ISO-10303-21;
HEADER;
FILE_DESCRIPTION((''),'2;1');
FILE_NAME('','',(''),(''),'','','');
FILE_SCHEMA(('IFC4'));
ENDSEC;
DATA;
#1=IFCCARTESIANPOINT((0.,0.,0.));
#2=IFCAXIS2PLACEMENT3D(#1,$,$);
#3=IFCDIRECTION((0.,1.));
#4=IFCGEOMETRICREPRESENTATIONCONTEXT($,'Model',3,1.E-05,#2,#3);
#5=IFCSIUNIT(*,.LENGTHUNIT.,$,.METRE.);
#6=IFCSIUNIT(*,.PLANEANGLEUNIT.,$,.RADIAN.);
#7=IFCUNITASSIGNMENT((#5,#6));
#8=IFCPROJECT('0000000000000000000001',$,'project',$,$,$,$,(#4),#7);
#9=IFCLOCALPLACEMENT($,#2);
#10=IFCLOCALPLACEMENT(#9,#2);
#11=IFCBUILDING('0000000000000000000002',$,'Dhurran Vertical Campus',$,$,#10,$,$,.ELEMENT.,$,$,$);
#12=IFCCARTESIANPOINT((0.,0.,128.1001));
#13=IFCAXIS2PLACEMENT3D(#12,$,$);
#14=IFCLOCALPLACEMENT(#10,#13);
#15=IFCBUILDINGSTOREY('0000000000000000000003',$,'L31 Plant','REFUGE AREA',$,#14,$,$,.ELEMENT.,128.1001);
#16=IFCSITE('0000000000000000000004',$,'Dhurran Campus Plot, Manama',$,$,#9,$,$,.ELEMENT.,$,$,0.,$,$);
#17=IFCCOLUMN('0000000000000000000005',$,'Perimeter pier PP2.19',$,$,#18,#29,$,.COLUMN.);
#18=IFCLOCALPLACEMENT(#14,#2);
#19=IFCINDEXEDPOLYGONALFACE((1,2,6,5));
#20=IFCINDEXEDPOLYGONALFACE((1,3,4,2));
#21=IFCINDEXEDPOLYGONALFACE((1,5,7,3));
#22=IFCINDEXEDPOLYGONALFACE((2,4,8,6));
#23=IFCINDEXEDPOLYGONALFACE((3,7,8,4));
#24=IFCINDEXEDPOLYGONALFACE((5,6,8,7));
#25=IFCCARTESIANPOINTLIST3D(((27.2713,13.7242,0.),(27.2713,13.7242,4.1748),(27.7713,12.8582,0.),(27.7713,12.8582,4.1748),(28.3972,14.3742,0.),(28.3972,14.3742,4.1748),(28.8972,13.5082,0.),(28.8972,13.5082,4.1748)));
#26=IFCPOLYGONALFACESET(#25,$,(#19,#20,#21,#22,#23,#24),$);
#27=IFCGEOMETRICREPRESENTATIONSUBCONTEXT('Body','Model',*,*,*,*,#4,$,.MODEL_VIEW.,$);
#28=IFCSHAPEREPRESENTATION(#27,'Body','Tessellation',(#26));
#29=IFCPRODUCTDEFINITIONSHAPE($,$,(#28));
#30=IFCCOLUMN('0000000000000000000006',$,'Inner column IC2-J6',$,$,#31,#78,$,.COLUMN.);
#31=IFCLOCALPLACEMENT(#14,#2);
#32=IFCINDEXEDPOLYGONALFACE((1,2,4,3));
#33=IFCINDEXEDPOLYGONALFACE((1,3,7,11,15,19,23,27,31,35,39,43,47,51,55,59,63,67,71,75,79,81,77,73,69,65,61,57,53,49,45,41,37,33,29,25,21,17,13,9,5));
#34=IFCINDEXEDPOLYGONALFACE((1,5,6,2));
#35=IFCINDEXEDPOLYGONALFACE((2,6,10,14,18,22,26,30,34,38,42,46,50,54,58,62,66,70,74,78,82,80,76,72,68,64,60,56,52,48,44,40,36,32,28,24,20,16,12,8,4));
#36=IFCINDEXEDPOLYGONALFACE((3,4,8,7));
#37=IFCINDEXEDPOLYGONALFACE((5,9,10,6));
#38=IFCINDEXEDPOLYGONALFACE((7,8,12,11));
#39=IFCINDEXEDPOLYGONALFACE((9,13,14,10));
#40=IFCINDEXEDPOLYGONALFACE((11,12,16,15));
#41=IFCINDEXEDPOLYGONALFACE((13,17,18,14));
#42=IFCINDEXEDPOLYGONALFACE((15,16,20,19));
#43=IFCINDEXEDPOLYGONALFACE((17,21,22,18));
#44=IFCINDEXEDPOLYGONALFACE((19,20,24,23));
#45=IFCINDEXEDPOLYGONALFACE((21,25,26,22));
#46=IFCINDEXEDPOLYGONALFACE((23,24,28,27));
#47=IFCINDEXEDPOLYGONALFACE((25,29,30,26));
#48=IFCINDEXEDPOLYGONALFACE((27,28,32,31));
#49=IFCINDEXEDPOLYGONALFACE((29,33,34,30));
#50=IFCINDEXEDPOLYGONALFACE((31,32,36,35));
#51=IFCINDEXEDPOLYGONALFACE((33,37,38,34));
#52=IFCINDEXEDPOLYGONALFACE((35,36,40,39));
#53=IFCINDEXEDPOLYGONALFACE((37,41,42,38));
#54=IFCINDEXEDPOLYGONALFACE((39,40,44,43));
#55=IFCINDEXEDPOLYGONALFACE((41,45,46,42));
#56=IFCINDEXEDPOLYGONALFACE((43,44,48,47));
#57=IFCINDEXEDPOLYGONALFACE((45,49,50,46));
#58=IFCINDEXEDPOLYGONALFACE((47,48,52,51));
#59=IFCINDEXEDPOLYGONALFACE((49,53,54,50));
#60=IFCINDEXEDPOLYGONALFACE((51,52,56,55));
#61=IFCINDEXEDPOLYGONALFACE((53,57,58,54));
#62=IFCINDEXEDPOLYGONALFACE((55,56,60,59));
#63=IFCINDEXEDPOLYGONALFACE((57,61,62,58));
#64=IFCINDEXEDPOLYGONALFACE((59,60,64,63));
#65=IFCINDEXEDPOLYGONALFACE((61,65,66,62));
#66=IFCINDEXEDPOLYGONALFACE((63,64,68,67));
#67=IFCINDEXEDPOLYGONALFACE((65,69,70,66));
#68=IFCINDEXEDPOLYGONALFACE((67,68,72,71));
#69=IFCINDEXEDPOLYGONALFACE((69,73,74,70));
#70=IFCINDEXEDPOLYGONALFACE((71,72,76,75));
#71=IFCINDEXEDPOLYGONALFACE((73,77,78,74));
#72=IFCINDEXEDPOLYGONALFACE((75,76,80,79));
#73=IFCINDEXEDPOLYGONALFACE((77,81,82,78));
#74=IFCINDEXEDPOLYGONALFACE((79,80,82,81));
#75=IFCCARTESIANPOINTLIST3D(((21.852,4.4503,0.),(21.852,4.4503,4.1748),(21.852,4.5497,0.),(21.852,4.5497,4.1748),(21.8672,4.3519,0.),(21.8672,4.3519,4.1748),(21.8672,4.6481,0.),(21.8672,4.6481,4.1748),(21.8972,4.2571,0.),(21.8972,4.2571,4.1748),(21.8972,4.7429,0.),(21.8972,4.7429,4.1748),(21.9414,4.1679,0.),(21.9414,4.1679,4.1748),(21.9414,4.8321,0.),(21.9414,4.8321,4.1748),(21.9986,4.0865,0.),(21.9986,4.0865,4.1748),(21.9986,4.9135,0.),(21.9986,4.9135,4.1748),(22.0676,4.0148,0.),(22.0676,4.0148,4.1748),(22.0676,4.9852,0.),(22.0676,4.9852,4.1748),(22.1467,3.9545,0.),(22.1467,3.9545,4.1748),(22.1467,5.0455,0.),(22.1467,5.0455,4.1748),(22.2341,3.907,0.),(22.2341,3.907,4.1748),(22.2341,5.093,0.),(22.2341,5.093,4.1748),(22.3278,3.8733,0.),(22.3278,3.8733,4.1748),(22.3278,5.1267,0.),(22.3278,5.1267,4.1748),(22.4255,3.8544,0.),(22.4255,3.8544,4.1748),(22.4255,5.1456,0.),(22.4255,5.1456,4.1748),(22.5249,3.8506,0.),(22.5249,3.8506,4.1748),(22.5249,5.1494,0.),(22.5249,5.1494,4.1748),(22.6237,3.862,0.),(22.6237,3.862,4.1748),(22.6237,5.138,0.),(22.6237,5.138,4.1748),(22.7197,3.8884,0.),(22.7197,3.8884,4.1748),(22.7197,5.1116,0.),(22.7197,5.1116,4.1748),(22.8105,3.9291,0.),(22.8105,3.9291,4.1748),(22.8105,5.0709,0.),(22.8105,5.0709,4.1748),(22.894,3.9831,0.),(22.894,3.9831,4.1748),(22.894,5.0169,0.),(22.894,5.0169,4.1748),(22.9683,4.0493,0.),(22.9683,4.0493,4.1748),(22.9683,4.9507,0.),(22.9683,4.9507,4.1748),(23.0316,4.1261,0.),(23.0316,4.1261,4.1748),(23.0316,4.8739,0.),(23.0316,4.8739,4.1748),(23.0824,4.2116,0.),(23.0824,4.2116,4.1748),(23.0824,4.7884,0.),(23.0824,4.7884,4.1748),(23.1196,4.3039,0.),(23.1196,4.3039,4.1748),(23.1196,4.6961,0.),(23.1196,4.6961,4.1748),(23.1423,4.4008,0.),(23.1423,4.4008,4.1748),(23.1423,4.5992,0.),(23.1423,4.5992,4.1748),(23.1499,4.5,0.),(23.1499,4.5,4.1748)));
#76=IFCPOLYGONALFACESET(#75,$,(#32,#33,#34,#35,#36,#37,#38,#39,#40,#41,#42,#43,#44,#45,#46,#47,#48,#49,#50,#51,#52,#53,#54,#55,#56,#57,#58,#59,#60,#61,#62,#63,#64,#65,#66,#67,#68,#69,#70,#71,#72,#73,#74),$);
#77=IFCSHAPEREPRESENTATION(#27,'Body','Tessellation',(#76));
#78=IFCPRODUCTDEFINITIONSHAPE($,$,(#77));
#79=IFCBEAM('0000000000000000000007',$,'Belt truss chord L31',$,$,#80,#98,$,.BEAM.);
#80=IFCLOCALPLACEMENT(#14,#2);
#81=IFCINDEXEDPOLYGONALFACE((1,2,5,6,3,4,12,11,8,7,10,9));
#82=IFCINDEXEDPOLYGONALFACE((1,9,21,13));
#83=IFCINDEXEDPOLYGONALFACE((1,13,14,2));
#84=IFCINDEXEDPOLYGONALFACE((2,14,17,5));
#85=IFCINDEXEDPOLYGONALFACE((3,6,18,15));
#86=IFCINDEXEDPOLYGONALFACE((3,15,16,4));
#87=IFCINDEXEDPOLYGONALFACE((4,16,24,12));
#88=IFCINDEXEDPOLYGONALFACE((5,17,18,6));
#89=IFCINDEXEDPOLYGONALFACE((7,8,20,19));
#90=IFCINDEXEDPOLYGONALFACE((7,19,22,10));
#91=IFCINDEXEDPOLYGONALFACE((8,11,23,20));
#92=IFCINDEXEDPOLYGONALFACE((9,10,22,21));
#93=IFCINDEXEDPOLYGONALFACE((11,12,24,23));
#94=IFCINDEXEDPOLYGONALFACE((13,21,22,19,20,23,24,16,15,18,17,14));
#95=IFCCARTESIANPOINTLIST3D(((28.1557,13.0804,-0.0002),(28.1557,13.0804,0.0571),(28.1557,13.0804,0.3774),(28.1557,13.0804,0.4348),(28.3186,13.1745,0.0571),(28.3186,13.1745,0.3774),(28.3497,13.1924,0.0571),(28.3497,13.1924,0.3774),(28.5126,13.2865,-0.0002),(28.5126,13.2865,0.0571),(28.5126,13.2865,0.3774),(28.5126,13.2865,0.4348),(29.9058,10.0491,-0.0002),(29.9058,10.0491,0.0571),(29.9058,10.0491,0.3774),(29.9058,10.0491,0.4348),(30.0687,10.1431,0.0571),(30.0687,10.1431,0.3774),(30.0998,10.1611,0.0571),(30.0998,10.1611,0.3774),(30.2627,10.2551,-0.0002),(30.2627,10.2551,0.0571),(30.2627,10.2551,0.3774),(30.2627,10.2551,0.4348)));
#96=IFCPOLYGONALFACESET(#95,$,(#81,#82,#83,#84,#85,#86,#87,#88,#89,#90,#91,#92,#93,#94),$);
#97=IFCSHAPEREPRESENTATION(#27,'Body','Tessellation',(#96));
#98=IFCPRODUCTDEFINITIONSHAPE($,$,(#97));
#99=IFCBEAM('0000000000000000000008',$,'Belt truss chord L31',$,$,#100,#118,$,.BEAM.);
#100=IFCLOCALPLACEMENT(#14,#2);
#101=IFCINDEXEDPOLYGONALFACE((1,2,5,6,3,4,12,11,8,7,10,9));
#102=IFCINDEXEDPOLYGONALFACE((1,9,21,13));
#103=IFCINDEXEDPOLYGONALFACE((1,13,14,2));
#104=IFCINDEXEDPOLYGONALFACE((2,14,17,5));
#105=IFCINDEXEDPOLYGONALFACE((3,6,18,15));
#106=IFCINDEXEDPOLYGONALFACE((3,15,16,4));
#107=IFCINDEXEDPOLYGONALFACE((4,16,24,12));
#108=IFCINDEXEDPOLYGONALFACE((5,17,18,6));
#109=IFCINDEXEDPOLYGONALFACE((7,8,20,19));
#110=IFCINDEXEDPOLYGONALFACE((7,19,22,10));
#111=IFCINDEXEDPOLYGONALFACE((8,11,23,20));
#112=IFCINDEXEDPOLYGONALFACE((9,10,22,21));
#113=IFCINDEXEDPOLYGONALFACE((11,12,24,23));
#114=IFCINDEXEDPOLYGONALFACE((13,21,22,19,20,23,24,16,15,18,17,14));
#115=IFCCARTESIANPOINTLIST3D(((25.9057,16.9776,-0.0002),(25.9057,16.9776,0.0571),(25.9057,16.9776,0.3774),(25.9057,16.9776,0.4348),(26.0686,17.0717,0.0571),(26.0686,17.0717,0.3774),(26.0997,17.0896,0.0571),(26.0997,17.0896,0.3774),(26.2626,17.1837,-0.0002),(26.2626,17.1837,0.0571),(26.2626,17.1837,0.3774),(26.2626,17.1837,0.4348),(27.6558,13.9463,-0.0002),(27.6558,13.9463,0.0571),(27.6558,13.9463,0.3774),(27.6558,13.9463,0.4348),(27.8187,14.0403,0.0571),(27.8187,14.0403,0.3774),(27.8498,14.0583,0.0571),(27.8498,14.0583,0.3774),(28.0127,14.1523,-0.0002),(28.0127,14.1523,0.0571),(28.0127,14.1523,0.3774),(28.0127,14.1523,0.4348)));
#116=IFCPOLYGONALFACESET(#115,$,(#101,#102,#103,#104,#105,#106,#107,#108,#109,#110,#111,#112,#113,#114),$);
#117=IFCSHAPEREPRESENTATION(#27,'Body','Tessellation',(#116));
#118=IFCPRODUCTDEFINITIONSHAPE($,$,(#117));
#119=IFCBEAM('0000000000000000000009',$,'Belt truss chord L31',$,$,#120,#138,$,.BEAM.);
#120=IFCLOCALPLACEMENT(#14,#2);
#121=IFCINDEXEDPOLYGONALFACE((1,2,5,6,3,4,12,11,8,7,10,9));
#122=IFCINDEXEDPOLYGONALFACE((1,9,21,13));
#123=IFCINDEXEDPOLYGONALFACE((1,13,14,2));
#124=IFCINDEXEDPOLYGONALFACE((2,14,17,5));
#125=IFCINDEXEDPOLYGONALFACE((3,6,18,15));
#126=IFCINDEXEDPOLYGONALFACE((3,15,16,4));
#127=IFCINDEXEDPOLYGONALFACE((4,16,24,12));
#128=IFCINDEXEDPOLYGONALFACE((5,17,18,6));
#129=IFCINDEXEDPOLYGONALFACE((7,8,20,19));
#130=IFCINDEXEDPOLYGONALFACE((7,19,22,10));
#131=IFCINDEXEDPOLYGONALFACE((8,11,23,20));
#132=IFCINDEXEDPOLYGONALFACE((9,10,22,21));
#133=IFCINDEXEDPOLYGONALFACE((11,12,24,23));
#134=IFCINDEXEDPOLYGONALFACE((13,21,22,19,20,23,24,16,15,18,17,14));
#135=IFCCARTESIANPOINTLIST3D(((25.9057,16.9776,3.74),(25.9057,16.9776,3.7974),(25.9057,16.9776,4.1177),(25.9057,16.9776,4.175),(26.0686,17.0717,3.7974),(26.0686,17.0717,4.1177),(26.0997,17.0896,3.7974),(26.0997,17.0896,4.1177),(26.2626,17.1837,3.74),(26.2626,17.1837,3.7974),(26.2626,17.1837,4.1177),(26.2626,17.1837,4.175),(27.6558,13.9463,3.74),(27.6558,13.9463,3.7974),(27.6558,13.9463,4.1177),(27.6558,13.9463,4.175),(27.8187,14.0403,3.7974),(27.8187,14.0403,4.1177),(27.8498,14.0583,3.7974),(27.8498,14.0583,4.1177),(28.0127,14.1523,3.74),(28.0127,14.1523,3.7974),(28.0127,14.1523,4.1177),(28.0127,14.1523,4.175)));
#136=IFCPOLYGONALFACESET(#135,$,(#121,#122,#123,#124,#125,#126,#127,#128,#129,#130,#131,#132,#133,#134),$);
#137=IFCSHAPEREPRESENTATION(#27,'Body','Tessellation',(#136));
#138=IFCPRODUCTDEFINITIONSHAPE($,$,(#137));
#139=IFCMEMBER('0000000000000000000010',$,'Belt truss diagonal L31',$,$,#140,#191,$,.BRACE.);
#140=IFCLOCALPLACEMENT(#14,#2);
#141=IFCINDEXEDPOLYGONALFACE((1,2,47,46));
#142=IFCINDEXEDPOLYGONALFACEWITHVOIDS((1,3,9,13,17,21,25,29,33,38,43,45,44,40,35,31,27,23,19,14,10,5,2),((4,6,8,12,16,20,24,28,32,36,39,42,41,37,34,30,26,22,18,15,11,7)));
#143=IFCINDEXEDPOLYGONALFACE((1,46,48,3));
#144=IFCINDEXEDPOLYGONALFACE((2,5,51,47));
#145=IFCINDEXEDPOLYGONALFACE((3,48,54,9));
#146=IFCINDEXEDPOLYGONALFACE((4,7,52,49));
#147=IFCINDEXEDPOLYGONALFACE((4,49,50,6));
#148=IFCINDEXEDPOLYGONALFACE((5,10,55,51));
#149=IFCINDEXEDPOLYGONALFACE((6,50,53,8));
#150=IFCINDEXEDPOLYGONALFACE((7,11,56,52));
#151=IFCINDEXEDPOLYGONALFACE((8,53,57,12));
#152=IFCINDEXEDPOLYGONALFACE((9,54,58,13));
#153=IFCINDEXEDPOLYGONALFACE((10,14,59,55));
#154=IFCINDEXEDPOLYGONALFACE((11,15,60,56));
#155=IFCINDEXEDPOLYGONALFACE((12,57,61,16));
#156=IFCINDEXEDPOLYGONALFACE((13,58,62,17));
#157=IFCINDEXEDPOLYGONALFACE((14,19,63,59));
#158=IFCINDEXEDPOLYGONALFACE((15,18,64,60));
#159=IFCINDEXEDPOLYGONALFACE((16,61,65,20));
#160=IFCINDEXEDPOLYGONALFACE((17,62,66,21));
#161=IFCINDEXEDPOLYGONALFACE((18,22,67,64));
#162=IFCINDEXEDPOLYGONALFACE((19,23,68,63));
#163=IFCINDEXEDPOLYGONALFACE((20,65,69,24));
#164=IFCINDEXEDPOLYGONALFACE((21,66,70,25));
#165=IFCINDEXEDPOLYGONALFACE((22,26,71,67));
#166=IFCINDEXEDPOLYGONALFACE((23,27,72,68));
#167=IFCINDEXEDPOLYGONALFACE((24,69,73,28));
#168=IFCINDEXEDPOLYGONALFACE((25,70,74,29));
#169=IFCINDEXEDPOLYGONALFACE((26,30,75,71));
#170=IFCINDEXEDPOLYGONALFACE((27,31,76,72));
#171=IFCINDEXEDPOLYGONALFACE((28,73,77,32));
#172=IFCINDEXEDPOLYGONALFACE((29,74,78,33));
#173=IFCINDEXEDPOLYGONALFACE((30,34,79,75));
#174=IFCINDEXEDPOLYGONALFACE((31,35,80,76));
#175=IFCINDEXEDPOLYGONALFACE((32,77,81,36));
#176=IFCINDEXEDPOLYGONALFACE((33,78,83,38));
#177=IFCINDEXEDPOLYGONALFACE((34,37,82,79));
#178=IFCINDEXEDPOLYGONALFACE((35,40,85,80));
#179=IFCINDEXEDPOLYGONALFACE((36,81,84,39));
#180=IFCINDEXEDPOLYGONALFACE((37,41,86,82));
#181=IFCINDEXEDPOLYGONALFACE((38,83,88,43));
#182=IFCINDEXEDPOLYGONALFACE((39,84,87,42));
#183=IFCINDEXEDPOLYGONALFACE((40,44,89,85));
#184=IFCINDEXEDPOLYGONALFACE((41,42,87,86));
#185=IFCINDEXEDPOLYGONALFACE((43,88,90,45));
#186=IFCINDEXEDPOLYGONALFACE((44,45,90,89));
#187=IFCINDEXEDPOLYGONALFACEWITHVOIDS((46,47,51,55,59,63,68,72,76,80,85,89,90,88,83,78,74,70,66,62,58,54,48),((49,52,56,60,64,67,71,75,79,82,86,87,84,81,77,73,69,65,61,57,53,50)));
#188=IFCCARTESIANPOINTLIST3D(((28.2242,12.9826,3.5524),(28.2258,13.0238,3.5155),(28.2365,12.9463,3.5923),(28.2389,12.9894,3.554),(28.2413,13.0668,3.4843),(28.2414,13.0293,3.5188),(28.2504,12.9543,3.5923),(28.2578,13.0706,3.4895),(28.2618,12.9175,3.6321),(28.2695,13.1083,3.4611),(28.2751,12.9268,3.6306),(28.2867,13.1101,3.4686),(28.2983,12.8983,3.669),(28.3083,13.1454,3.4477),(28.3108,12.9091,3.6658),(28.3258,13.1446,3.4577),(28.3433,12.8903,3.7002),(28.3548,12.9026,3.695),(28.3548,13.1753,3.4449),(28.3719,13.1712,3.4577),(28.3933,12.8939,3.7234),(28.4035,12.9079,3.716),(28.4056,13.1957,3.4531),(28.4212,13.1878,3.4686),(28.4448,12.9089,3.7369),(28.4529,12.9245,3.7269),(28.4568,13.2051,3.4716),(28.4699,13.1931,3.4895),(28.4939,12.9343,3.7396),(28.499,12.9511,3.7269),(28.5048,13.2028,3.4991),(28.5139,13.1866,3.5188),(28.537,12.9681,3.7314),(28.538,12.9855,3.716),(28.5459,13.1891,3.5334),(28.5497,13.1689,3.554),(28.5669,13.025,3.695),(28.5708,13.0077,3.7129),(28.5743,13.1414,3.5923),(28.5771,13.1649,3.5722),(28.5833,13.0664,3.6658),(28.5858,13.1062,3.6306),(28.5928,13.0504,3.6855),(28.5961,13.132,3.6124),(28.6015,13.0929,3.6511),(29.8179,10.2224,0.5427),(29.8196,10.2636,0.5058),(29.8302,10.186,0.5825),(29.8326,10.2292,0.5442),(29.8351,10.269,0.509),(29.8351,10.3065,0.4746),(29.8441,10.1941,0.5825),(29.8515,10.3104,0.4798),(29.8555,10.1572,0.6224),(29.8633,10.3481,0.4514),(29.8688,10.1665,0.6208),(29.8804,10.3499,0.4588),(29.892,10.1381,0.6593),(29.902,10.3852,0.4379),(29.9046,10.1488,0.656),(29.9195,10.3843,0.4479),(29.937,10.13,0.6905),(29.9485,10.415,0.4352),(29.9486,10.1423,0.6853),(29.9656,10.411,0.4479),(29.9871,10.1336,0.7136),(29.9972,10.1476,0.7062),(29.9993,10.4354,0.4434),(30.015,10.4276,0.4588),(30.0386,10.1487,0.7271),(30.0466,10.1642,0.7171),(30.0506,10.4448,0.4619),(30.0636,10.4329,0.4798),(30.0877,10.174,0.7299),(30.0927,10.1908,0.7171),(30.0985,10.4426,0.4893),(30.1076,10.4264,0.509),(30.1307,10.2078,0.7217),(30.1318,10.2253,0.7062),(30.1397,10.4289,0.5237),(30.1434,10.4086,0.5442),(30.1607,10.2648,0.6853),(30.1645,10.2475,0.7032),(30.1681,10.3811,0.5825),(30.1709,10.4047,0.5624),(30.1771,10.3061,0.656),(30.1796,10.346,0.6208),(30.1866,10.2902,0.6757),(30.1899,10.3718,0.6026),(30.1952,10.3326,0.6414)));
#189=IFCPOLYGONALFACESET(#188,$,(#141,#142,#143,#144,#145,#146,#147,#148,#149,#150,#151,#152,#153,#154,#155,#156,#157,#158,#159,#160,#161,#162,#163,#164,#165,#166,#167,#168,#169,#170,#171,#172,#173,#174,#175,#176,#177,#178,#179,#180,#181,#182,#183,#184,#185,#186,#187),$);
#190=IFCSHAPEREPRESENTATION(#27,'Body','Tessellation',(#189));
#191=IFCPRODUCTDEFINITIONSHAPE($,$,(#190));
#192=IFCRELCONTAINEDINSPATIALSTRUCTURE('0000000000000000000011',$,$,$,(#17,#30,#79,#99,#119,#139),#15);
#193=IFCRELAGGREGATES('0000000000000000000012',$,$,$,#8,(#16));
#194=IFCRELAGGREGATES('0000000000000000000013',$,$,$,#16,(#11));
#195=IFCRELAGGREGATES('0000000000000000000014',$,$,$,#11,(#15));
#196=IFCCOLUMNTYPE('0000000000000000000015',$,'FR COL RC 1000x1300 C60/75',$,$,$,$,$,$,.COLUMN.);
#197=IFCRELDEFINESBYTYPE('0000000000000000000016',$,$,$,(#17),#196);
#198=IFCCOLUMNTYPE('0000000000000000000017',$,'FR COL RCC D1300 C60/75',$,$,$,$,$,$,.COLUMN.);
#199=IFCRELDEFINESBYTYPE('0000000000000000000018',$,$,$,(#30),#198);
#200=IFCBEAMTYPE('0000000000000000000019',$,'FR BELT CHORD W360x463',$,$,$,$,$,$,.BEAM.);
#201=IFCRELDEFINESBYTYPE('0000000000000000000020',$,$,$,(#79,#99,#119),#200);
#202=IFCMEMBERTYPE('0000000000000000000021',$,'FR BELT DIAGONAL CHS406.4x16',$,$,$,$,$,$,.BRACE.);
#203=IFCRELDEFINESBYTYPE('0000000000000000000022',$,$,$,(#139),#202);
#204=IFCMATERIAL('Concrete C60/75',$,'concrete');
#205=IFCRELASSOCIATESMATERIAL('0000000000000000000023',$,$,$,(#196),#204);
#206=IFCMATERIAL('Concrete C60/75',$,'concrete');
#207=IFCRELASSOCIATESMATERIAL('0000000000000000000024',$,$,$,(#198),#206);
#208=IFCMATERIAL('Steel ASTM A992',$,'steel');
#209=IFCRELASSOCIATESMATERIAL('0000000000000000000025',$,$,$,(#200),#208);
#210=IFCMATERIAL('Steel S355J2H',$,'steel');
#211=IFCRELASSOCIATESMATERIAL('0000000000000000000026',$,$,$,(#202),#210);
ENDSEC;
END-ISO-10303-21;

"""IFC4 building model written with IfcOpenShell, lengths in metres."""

from ifc_helpers import new_model, si_unit, direction, frame, origin, origin_2d, place, context, subcontext, project, spatial, rectangle, circle, hollow_circle, i_section, extrude, material, material_profile, profile_set, type_object, element, save


model = new_model("IFC4")

# Units and contexts
model_context = context("Model", 3, precision=1e-05, world=origin(), true_north=direction((0.0, 1.0)))
body_context = subcontext(model_context, "Body", "Model", "MODEL_VIEW")
ifc_project = project(units=[si_unit("LENGTHUNIT", "METRE"), si_unit("PLANEANGLEUNIT", "RADIAN")], contexts=[model_context])

# Site, building, storey
site_placement = place(None, origin())
site = spatial("IfcSite", under=ifc_project, at=site_placement, Name="Dhurran Campus Plot, Manama", CompositionType="ELEMENT", RefElevation=0.0)
building_placement = place(site_placement, origin())
building = spatial("IfcBuilding", under=site, at=building_placement, Name="Dhurran Vertical Campus", CompositionType="ELEMENT")
storey_placement = place(building_placement, frame((0.0, 0.0, 128.1001)))
storey = spatial("IfcBuildingStorey", under=building, at=storey_placement, Name="L31 Plant", Description="REFUGE AREA", CompositionType="ELEMENT", Elevation=128.1001)

# Columns
ifc_material_1 = material(Name="Concrete C60/75", Category="concrete")
ifc_material_profile_1 = material_profile(ifc_material_1, rectangle(XDim=1.0, YDim=1.3, at=origin_2d()), Name="RC 1000x1300")
ifc_profile_set_1 = profile_set([ifc_material_profile_1], Name="Concrete C60/75")
column_type_1 = type_object("IfcColumnType", Name="FR COL RC 1000x1300 C60/75", PredefinedType="COLUMN", material=ifc_profile_set_1)
column_1_placement = place(storey_placement, frame((28.0842, 13.6162, 0.0), z_axis=(0.0, 0.0, 1.0), x_axis=(-0.5, 0.866025, 0.0)))
element("IfcColumn", 1, at=column_1_placement, inside=storey, type_object=column_type_1, Name="Perimeter pier PP2.19", PredefinedType="COLUMN", context=body_context, shape_type="SweptSolid", body=[
    extrude(rectangle(XDim=1.0, YDim=1.3, at=origin_2d()), origin(), (0.0, 0.0, 1.0), 4.1748),
])
ifc_material_2 = material(Name="Concrete C60/75", Category="concrete")
ifc_material_profile_2 = material_profile(ifc_material_2, circle(Radius=0.6499, at=origin_2d()), Name="RCC D1300")
ifc_profile_set_2 = profile_set([ifc_material_profile_2], Name="Concrete C60/75")
column_type_2 = type_object("IfcColumnType", Name="FR COL RCC D1300 C60/75", PredefinedType="COLUMN", material=ifc_profile_set_2)
column_2_placement = place(storey_placement, frame((22.5, 4.5, 0.0), z_axis=(0.0, 0.0, 1.0), x_axis=(1.0, 0.0, 0.0)))
element("IfcColumn", 2, at=column_2_placement, inside=storey, type_object=column_type_2, Name="Inner column IC2-J6", PredefinedType="COLUMN", context=body_context, shape_type="SweptSolid", body=[
    extrude(circle(Radius=0.6499, at=origin_2d()), origin(), (0.0, 0.0, 1.0), 4.1748),
])

# Beams
ifc_material_3 = material(Name="Steel ASTM A992", Category="steel")
ifc_material_profile_3 = material_profile(ifc_material_3, i_section(OverallWidth=0.4121, OverallDepth=0.4351, WebThickness=0.0359, FlangeThickness=0.0574, at=origin_2d()), Name="W360x463")
ifc_profile_set_3 = profile_set([ifc_material_profile_3], Name="Steel ASTM A992")
beam_type = type_object("IfcBeamType", Name="FR BELT CHORD W360x463", PredefinedType="BEAM", material=ifc_profile_set_3)
for number, where, z_axis, x_axis, name in (
    (3, (30.0842, 10.1521, 0.2173), (-0.49998, 0.866037, 0.0), (-0.866037, -0.49998, 0.0), "Belt truss chord L31"),
    (4, (27.8342, 14.0493, 0.2173), (-0.49998, 0.866037, 0.0), (-0.866037, -0.49998, 0.0), "Belt truss chord L31"),
    (5, (27.8342, 14.0493, 3.9575), (-0.49998, 0.866037, 0.0), (-0.866037, -0.49998, 0.0), "Belt truss chord L31"),
):
    element("IfcBeam", number, at=place(storey_placement, frame(where, z_axis=z_axis, x_axis=x_axis)), inside=storey, type_object=beam_type, Name=name, PredefinedType="BEAM", context=body_context, shape_type="SweptSolid", body=[
        extrude(i_section(OverallWidth=0.4121, OverallDepth=0.4351, WebThickness=0.0359, FlangeThickness=0.0574, at=origin_2d()), origin(), (0.0, 0.0, 1.0), 3.5002),
    ])

# Member
ifc_material_4 = material(Name="Steel S355J2H", Category="steel")
ifc_material_profile_4 = material_profile(ifc_material_4, hollow_circle(Radius=0.2031, WallThickness=0.0161, at=origin_2d()), Name="CHS406.4x16")
ifc_profile_set_4 = profile_set([ifc_material_profile_4], Name="Steel S355J2H")
member_type = type_object("IfcMemberType", Name="FR BELT DIAGONAL CHS406.4x16", PredefinedType="BRACE", material=ifc_profile_set_4)
member_placement = place(storey_placement, frame((30.0061, 10.2876, 0.5825), z_axis=(-0.363554, 0.629648, 0.686565), x_axis=(-0.86601, -0.500027, 0.0)))
element("IfcMember", 6, at=member_placement, inside=storey, type_object=member_type, Name="Belt truss diagonal L31", PredefinedType="BRACE", context=body_context, shape_type="SweptSolid", body=[
    extrude(hollow_circle(Radius=0.2031, WallThickness=0.0161, at=origin_2d()), origin(), (0.0, 0.0, 1.0), 4.3838),
])

save(model, "model.ifc")
